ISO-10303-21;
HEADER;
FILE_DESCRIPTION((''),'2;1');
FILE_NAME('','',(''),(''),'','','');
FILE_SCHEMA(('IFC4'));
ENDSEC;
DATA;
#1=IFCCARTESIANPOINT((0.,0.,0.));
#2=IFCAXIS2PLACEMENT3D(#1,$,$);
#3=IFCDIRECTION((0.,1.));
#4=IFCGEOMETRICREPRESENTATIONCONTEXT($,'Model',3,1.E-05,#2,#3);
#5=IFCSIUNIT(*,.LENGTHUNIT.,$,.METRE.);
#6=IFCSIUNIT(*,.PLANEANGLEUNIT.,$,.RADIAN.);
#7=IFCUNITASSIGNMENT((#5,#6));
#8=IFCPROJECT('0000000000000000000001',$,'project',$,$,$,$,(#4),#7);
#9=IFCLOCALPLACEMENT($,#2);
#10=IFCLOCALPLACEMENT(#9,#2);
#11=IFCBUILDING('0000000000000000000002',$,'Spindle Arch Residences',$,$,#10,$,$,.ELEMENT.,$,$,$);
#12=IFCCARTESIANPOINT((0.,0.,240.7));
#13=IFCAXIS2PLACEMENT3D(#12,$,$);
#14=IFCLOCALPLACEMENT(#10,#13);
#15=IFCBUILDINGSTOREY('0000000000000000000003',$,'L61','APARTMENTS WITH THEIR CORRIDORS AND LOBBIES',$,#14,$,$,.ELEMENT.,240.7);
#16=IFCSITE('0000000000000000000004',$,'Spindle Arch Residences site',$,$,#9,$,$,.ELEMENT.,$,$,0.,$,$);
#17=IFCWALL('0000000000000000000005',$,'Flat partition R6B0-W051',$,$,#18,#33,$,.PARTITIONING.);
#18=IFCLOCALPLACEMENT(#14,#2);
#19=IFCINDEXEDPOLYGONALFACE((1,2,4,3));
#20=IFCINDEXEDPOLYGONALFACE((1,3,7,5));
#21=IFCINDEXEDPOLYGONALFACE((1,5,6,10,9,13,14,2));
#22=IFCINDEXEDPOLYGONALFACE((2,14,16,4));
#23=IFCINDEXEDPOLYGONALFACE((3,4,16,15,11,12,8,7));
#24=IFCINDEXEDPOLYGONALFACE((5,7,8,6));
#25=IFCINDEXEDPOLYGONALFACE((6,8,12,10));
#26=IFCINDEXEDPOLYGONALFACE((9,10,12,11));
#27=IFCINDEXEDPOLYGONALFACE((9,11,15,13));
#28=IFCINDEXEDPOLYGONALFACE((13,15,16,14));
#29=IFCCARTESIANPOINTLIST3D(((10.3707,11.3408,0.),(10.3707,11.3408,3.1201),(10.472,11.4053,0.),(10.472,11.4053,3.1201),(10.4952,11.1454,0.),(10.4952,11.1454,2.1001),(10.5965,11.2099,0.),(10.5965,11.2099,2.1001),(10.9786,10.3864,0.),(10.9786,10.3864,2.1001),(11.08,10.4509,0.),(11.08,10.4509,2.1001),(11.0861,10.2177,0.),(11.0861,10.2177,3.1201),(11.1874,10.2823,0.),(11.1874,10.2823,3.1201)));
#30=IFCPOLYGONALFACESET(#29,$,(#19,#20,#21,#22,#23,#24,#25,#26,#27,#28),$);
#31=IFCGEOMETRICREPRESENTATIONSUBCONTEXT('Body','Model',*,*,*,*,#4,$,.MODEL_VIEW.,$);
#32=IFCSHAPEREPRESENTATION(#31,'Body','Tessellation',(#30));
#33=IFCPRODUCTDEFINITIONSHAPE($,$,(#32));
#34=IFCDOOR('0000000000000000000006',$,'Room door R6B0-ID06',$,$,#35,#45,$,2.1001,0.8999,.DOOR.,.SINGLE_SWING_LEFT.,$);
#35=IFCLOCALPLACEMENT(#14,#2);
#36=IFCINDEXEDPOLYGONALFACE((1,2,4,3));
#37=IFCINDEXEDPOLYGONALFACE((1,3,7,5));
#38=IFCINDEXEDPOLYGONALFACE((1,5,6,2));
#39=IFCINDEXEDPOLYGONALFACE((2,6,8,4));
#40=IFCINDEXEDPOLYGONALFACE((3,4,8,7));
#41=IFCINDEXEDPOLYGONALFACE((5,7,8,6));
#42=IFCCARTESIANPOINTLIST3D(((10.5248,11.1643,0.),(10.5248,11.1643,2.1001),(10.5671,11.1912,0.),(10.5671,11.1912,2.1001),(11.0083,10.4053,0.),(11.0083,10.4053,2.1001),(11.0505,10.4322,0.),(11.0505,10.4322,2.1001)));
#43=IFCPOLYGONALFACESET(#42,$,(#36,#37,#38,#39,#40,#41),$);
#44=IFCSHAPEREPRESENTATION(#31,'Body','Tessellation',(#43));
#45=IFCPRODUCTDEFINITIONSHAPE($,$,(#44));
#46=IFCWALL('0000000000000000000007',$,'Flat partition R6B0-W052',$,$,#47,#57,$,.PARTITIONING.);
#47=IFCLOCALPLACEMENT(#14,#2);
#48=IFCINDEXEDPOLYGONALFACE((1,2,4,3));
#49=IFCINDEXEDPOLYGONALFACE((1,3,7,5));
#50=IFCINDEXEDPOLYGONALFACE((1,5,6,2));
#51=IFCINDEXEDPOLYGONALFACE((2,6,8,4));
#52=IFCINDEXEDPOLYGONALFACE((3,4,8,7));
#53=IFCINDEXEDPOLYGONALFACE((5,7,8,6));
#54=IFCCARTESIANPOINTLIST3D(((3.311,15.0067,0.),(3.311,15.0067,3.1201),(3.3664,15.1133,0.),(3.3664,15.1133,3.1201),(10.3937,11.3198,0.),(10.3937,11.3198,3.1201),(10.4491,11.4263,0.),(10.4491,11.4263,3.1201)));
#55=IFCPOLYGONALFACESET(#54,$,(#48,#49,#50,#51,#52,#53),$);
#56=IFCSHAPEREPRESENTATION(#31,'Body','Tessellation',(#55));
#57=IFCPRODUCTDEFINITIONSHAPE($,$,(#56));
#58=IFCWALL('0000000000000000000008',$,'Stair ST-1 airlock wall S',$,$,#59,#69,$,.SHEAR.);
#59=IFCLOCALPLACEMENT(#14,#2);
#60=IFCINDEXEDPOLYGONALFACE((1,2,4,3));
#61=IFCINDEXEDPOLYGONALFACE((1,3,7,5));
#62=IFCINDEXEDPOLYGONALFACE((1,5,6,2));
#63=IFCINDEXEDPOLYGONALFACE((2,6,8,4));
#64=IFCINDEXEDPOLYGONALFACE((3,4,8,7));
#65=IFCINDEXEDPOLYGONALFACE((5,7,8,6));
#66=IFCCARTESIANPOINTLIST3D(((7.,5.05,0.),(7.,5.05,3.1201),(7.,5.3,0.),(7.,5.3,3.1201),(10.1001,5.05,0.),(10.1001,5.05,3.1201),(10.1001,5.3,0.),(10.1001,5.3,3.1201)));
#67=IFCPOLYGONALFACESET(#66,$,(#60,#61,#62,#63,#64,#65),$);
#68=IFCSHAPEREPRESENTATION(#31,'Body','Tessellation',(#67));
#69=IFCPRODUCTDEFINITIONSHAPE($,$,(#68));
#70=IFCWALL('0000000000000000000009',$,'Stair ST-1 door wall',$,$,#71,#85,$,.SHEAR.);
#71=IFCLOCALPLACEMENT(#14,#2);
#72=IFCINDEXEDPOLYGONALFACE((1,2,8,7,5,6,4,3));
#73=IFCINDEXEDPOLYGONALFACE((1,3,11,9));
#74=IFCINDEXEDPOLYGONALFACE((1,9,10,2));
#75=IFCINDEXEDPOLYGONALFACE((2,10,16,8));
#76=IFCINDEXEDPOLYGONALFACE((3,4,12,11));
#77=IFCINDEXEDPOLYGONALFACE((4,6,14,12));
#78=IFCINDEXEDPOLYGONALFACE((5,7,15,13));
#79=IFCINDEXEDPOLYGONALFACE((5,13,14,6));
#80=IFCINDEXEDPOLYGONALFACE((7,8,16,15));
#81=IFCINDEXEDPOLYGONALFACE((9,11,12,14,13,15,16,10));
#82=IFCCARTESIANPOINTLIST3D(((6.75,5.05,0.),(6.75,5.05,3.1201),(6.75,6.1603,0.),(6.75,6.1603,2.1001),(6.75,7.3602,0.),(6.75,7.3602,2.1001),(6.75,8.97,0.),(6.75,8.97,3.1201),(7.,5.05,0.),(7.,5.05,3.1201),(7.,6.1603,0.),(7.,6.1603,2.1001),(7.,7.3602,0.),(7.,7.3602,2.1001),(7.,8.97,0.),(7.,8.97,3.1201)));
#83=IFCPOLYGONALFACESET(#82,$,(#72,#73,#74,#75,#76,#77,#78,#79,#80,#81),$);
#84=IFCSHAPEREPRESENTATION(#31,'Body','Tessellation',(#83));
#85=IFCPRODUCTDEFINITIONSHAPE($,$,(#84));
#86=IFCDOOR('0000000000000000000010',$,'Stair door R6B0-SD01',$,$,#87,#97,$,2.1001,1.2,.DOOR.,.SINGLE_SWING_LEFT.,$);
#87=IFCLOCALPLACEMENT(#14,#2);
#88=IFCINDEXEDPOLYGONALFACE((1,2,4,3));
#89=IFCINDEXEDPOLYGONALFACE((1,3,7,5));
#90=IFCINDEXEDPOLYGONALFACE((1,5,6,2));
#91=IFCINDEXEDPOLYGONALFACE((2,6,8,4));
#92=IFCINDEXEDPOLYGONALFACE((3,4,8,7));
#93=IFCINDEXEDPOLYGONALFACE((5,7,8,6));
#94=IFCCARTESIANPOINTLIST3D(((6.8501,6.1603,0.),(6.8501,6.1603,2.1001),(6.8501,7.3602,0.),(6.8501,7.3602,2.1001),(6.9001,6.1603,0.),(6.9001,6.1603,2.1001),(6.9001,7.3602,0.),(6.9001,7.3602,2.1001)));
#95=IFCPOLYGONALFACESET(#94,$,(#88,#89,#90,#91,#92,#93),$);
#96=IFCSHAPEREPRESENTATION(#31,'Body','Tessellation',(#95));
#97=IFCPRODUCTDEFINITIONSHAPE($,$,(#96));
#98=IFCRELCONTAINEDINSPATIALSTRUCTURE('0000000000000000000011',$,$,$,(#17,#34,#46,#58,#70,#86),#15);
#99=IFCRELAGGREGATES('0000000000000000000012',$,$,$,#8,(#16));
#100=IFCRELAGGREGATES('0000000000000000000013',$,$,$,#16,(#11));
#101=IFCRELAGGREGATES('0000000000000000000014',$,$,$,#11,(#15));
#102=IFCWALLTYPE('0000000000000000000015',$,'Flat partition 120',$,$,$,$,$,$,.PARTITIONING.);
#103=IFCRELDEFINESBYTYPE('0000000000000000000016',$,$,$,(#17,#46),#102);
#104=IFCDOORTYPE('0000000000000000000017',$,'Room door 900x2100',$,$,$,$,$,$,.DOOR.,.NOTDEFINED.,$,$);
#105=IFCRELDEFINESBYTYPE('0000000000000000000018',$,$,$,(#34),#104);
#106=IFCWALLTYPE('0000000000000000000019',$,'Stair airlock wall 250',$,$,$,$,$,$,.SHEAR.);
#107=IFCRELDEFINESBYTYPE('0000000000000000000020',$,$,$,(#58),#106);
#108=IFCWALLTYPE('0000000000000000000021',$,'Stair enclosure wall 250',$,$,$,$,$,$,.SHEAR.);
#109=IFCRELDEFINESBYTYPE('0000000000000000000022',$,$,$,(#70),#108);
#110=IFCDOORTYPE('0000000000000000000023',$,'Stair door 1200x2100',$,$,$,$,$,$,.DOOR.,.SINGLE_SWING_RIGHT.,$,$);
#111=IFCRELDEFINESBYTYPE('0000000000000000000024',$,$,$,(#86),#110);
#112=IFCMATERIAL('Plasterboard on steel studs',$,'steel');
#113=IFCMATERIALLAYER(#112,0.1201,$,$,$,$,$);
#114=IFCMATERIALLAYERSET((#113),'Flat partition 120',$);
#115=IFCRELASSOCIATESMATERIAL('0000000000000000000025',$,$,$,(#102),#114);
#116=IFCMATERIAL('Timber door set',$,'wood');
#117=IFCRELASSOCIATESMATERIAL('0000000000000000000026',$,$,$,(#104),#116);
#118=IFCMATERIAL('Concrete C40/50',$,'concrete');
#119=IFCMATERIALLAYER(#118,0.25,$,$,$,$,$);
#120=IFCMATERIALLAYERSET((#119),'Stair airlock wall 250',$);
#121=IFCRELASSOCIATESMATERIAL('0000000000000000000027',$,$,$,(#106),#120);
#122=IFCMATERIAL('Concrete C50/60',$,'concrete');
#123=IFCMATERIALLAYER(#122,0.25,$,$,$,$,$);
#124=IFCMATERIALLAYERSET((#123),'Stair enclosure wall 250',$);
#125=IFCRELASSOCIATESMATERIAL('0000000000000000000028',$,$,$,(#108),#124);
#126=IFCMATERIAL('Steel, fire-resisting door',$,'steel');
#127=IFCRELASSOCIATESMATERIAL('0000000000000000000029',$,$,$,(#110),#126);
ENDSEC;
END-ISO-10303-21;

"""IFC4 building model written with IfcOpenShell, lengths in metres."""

from ifc_helpers import new_model, si_unit, direction, frame, frame_2d, origin, place, context, subcontext, project, spatial, rectangle, extrude, material, layer, layer_set, type_object, element, fill, save


model = new_model("IFC4")

# Units and contexts
model_context = context("Model", 3, precision=1e-05, world=origin(), true_north=direction((0.0, 1.0)))
body_context = subcontext(model_context, "Body", "Model", "MODEL_VIEW")
ifc_project = project(units=[si_unit("LENGTHUNIT", "METRE"), si_unit("PLANEANGLEUNIT", "RADIAN")], contexts=[model_context])

# Site, building, storey
site_placement = place(None, origin())
site = spatial("IfcSite", under=ifc_project, at=site_placement, Name="Spindle Arch Residences site", CompositionType="ELEMENT", RefElevation=0.0)
building_placement = place(site_placement, origin())
building = spatial("IfcBuilding", under=site, at=building_placement, Name="Spindle Arch Residences", CompositionType="ELEMENT")
storey_placement = place(building_placement, frame((0.0, 0.0, 240.7)))
storey = spatial("IfcBuildingStorey", under=building, at=storey_placement, Name="L61", Description="APARTMENTS WITH THEIR CORRIDORS AND LOBBIES", CompositionType="ELEMENT", Elevation=240.7)

# Wall, opening, door
ifc_material_1 = material(Name="Plasterboard on steel studs", Category="steel")
ifc_layer_1 = layer(ifc_material_1, 0.1201)
ifc_layer_set_1 = layer_set([ifc_layer_1], Name="Flat partition 120")
wall_type_1 = type_object("IfcWallType", Name="Flat partition 120", PredefinedType="PARTITIONING", material=ifc_layer_set_1)
wall_1_placement = place(storey_placement, frame((11.1367, 10.25, 0.0), z_axis=(0.0, 0.0, 1.0), x_axis=(-0.537231, 0.843435, 0.0)))
wall_1 = element("IfcWall", 1, at=wall_1_placement, inside=storey, type_object=wall_type_1, Name="Flat partition R6B0-W051", PredefinedType="PARTITIONING", context=body_context, shape_type="SweptSolid", body=[
    extrude(rectangle(XDim=1.3315, YDim=0.1201, at=frame_2d((0.6658, 0.0))), origin(), (0.0, 0.0, 1.0), 3.1201),
])
opening_1_placement = place(wall_1_placement, frame((0.2, 0.0, 0.0)))
opening_1 = element("IfcOpeningElement", 2, at=opening_1_placement, cuts=wall_1, PredefinedType="OPENING", context=body_context, shape_type="SweptSolid", body=[
    extrude(rectangle(XDim=0.8999, YDim=2.1001, at=frame_2d((0.45, 1.05))), frame((0.0, 0.0701, 0.0), z_axis=(0.0, -1.0, 0.0), x_axis=(1.0, 0.0, 0.0)), (0.0, 0.0, 1.0), 0.1401),
])
ifc_material_2 = material(Name="Timber door set", Category="wood")
door_type_1 = type_object("IfcDoorType", Name="Room door 900x2100", OperationType="NOTDEFINED", PredefinedType="DOOR", material=ifc_material_2)
door_1_placement = place(opening_1_placement, origin())
door_1 = element("IfcDoor", 3, at=door_1_placement, inside=storey, type_object=door_type_1, Name="Room door R6B0-ID06", OperationType="SINGLE_SWING_LEFT", OverallHeight=2.1001, OverallWidth=0.8999, PredefinedType="DOOR", context=body_context, shape_type="SweptSolid", body=[
    extrude(rectangle(XDim=0.8999, YDim=2.1001, at=frame_2d((0.45, 1.05))), frame((0.0, 0.0249, 0.0), z_axis=(0.0, -1.0, 0.0), x_axis=(1.0, 0.0, 0.0)), (0.0, 0.0, 1.0), 0.05),
])
fill(opening_1, door_1)

# Walls
wall_2_placement = place(storey_placement, frame((10.4214, 11.373, 0.0), z_axis=(0.0, 0.0, 1.0), x_axis=(-0.887013, 0.461745, 0.0)))
element("IfcWall", 4, at=wall_2_placement, inside=storey, type_object=wall_type_1, Name="Flat partition R6B0-W052", PredefinedType="PARTITIONING", context=body_context, shape_type="SweptSolid", body=[
    extrude(rectangle(XDim=7.9849, YDim=0.1201, at=frame_2d((3.9924, 0.0))), origin(), (0.0, 0.0, 1.0), 3.1201),
])
ifc_material_3 = material(Name="Concrete C40/50", Category="concrete")
ifc_layer_2 = layer(ifc_material_3, 0.25)
ifc_layer_set_2 = layer_set([ifc_layer_2], Name="Stair airlock wall 250")
wall_type_2 = type_object("IfcWallType", Name="Stair airlock wall 250", PredefinedType="SHEAR", material=ifc_layer_set_2)
wall_3_placement = place(storey_placement, frame((7.0, 5.175, 0.0), z_axis=(0.0, 0.0, 1.0), x_axis=(1.0, 0.0, 0.0)))
element("IfcWall", 5, at=wall_3_placement, inside=storey, type_object=wall_type_2, Name="Stair ST-1 airlock wall S", PredefinedType="SHEAR", context=body_context, shape_type="SweptSolid", body=[
    extrude(rectangle(XDim=3.1001, YDim=0.25, at=frame_2d((1.55, 0.0))), origin(), (0.0, 0.0, 1.0), 3.1201),
])

# Wall, opening, door
ifc_material_4 = material(Name="Concrete C50/60", Category="concrete")
ifc_layer_3 = layer(ifc_material_4, 0.25)
ifc_layer_set_3 = layer_set([ifc_layer_3], Name="Stair enclosure wall 250")
wall_type_3 = type_object("IfcWallType", Name="Stair enclosure wall 250", PredefinedType="SHEAR", material=ifc_layer_set_3)
wall_4_placement = place(storey_placement, frame((6.875, 5.05, 0.0), z_axis=(0.0, 0.0, 1.0), x_axis=(0.0, 1.0, 0.0)))
wall_4 = element("IfcWall", 6, at=wall_4_placement, inside=storey, type_object=wall_type_3, Name="Stair ST-1 door wall", PredefinedType="SHEAR", context=body_context, shape_type="SweptSolid", body=[
    extrude(rectangle(XDim=3.9199, YDim=0.25, at=frame_2d((1.96, 0.0))), origin(), (0.0, 0.0, 1.0), 3.1201),
])
opening_2_placement = place(wall_4_placement, frame((1.1101, 0.0, 0.0)))
opening_2 = element("IfcOpeningElement", 7, at=opening_2_placement, cuts=wall_4, PredefinedType="OPENING", context=body_context, shape_type="SweptSolid", body=[
    extrude(rectangle(XDim=1.2, YDim=2.1001, at=frame_2d((0.6001, 1.05))), frame((0.0, 0.135, 0.0), z_axis=(0.0, -1.0, 0.0), x_axis=(1.0, 0.0, 0.0)), (0.0, 0.0, 1.0), 0.27),
])
ifc_material_5 = material(Name="Steel, fire-resisting door", Category="steel")
door_type_2 = type_object("IfcDoorType", Name="Stair door 1200x2100", OperationType="SINGLE_SWING_RIGHT", PredefinedType="DOOR", material=ifc_material_5)
door_2_placement = place(opening_2_placement, origin())
door_2 = element("IfcDoor", 8, at=door_2_placement, inside=storey, type_object=door_type_2, Name="Stair door R6B0-SD01", OperationType="SINGLE_SWING_LEFT", OverallHeight=2.1001, OverallWidth=1.2, PredefinedType="DOOR", context=body_context, shape_type="SweptSolid", body=[
    extrude(rectangle(XDim=1.2, YDim=2.1001, at=frame_2d((0.6001, 1.05))), frame((0.0, 0.0249, 0.0), z_axis=(0.0, -1.0, 0.0), x_axis=(1.0, 0.0, 0.0)), (0.0, 0.0, 1.0), 0.05),
])
fill(opening_2, door_2)

save(model, "model.ifc")
